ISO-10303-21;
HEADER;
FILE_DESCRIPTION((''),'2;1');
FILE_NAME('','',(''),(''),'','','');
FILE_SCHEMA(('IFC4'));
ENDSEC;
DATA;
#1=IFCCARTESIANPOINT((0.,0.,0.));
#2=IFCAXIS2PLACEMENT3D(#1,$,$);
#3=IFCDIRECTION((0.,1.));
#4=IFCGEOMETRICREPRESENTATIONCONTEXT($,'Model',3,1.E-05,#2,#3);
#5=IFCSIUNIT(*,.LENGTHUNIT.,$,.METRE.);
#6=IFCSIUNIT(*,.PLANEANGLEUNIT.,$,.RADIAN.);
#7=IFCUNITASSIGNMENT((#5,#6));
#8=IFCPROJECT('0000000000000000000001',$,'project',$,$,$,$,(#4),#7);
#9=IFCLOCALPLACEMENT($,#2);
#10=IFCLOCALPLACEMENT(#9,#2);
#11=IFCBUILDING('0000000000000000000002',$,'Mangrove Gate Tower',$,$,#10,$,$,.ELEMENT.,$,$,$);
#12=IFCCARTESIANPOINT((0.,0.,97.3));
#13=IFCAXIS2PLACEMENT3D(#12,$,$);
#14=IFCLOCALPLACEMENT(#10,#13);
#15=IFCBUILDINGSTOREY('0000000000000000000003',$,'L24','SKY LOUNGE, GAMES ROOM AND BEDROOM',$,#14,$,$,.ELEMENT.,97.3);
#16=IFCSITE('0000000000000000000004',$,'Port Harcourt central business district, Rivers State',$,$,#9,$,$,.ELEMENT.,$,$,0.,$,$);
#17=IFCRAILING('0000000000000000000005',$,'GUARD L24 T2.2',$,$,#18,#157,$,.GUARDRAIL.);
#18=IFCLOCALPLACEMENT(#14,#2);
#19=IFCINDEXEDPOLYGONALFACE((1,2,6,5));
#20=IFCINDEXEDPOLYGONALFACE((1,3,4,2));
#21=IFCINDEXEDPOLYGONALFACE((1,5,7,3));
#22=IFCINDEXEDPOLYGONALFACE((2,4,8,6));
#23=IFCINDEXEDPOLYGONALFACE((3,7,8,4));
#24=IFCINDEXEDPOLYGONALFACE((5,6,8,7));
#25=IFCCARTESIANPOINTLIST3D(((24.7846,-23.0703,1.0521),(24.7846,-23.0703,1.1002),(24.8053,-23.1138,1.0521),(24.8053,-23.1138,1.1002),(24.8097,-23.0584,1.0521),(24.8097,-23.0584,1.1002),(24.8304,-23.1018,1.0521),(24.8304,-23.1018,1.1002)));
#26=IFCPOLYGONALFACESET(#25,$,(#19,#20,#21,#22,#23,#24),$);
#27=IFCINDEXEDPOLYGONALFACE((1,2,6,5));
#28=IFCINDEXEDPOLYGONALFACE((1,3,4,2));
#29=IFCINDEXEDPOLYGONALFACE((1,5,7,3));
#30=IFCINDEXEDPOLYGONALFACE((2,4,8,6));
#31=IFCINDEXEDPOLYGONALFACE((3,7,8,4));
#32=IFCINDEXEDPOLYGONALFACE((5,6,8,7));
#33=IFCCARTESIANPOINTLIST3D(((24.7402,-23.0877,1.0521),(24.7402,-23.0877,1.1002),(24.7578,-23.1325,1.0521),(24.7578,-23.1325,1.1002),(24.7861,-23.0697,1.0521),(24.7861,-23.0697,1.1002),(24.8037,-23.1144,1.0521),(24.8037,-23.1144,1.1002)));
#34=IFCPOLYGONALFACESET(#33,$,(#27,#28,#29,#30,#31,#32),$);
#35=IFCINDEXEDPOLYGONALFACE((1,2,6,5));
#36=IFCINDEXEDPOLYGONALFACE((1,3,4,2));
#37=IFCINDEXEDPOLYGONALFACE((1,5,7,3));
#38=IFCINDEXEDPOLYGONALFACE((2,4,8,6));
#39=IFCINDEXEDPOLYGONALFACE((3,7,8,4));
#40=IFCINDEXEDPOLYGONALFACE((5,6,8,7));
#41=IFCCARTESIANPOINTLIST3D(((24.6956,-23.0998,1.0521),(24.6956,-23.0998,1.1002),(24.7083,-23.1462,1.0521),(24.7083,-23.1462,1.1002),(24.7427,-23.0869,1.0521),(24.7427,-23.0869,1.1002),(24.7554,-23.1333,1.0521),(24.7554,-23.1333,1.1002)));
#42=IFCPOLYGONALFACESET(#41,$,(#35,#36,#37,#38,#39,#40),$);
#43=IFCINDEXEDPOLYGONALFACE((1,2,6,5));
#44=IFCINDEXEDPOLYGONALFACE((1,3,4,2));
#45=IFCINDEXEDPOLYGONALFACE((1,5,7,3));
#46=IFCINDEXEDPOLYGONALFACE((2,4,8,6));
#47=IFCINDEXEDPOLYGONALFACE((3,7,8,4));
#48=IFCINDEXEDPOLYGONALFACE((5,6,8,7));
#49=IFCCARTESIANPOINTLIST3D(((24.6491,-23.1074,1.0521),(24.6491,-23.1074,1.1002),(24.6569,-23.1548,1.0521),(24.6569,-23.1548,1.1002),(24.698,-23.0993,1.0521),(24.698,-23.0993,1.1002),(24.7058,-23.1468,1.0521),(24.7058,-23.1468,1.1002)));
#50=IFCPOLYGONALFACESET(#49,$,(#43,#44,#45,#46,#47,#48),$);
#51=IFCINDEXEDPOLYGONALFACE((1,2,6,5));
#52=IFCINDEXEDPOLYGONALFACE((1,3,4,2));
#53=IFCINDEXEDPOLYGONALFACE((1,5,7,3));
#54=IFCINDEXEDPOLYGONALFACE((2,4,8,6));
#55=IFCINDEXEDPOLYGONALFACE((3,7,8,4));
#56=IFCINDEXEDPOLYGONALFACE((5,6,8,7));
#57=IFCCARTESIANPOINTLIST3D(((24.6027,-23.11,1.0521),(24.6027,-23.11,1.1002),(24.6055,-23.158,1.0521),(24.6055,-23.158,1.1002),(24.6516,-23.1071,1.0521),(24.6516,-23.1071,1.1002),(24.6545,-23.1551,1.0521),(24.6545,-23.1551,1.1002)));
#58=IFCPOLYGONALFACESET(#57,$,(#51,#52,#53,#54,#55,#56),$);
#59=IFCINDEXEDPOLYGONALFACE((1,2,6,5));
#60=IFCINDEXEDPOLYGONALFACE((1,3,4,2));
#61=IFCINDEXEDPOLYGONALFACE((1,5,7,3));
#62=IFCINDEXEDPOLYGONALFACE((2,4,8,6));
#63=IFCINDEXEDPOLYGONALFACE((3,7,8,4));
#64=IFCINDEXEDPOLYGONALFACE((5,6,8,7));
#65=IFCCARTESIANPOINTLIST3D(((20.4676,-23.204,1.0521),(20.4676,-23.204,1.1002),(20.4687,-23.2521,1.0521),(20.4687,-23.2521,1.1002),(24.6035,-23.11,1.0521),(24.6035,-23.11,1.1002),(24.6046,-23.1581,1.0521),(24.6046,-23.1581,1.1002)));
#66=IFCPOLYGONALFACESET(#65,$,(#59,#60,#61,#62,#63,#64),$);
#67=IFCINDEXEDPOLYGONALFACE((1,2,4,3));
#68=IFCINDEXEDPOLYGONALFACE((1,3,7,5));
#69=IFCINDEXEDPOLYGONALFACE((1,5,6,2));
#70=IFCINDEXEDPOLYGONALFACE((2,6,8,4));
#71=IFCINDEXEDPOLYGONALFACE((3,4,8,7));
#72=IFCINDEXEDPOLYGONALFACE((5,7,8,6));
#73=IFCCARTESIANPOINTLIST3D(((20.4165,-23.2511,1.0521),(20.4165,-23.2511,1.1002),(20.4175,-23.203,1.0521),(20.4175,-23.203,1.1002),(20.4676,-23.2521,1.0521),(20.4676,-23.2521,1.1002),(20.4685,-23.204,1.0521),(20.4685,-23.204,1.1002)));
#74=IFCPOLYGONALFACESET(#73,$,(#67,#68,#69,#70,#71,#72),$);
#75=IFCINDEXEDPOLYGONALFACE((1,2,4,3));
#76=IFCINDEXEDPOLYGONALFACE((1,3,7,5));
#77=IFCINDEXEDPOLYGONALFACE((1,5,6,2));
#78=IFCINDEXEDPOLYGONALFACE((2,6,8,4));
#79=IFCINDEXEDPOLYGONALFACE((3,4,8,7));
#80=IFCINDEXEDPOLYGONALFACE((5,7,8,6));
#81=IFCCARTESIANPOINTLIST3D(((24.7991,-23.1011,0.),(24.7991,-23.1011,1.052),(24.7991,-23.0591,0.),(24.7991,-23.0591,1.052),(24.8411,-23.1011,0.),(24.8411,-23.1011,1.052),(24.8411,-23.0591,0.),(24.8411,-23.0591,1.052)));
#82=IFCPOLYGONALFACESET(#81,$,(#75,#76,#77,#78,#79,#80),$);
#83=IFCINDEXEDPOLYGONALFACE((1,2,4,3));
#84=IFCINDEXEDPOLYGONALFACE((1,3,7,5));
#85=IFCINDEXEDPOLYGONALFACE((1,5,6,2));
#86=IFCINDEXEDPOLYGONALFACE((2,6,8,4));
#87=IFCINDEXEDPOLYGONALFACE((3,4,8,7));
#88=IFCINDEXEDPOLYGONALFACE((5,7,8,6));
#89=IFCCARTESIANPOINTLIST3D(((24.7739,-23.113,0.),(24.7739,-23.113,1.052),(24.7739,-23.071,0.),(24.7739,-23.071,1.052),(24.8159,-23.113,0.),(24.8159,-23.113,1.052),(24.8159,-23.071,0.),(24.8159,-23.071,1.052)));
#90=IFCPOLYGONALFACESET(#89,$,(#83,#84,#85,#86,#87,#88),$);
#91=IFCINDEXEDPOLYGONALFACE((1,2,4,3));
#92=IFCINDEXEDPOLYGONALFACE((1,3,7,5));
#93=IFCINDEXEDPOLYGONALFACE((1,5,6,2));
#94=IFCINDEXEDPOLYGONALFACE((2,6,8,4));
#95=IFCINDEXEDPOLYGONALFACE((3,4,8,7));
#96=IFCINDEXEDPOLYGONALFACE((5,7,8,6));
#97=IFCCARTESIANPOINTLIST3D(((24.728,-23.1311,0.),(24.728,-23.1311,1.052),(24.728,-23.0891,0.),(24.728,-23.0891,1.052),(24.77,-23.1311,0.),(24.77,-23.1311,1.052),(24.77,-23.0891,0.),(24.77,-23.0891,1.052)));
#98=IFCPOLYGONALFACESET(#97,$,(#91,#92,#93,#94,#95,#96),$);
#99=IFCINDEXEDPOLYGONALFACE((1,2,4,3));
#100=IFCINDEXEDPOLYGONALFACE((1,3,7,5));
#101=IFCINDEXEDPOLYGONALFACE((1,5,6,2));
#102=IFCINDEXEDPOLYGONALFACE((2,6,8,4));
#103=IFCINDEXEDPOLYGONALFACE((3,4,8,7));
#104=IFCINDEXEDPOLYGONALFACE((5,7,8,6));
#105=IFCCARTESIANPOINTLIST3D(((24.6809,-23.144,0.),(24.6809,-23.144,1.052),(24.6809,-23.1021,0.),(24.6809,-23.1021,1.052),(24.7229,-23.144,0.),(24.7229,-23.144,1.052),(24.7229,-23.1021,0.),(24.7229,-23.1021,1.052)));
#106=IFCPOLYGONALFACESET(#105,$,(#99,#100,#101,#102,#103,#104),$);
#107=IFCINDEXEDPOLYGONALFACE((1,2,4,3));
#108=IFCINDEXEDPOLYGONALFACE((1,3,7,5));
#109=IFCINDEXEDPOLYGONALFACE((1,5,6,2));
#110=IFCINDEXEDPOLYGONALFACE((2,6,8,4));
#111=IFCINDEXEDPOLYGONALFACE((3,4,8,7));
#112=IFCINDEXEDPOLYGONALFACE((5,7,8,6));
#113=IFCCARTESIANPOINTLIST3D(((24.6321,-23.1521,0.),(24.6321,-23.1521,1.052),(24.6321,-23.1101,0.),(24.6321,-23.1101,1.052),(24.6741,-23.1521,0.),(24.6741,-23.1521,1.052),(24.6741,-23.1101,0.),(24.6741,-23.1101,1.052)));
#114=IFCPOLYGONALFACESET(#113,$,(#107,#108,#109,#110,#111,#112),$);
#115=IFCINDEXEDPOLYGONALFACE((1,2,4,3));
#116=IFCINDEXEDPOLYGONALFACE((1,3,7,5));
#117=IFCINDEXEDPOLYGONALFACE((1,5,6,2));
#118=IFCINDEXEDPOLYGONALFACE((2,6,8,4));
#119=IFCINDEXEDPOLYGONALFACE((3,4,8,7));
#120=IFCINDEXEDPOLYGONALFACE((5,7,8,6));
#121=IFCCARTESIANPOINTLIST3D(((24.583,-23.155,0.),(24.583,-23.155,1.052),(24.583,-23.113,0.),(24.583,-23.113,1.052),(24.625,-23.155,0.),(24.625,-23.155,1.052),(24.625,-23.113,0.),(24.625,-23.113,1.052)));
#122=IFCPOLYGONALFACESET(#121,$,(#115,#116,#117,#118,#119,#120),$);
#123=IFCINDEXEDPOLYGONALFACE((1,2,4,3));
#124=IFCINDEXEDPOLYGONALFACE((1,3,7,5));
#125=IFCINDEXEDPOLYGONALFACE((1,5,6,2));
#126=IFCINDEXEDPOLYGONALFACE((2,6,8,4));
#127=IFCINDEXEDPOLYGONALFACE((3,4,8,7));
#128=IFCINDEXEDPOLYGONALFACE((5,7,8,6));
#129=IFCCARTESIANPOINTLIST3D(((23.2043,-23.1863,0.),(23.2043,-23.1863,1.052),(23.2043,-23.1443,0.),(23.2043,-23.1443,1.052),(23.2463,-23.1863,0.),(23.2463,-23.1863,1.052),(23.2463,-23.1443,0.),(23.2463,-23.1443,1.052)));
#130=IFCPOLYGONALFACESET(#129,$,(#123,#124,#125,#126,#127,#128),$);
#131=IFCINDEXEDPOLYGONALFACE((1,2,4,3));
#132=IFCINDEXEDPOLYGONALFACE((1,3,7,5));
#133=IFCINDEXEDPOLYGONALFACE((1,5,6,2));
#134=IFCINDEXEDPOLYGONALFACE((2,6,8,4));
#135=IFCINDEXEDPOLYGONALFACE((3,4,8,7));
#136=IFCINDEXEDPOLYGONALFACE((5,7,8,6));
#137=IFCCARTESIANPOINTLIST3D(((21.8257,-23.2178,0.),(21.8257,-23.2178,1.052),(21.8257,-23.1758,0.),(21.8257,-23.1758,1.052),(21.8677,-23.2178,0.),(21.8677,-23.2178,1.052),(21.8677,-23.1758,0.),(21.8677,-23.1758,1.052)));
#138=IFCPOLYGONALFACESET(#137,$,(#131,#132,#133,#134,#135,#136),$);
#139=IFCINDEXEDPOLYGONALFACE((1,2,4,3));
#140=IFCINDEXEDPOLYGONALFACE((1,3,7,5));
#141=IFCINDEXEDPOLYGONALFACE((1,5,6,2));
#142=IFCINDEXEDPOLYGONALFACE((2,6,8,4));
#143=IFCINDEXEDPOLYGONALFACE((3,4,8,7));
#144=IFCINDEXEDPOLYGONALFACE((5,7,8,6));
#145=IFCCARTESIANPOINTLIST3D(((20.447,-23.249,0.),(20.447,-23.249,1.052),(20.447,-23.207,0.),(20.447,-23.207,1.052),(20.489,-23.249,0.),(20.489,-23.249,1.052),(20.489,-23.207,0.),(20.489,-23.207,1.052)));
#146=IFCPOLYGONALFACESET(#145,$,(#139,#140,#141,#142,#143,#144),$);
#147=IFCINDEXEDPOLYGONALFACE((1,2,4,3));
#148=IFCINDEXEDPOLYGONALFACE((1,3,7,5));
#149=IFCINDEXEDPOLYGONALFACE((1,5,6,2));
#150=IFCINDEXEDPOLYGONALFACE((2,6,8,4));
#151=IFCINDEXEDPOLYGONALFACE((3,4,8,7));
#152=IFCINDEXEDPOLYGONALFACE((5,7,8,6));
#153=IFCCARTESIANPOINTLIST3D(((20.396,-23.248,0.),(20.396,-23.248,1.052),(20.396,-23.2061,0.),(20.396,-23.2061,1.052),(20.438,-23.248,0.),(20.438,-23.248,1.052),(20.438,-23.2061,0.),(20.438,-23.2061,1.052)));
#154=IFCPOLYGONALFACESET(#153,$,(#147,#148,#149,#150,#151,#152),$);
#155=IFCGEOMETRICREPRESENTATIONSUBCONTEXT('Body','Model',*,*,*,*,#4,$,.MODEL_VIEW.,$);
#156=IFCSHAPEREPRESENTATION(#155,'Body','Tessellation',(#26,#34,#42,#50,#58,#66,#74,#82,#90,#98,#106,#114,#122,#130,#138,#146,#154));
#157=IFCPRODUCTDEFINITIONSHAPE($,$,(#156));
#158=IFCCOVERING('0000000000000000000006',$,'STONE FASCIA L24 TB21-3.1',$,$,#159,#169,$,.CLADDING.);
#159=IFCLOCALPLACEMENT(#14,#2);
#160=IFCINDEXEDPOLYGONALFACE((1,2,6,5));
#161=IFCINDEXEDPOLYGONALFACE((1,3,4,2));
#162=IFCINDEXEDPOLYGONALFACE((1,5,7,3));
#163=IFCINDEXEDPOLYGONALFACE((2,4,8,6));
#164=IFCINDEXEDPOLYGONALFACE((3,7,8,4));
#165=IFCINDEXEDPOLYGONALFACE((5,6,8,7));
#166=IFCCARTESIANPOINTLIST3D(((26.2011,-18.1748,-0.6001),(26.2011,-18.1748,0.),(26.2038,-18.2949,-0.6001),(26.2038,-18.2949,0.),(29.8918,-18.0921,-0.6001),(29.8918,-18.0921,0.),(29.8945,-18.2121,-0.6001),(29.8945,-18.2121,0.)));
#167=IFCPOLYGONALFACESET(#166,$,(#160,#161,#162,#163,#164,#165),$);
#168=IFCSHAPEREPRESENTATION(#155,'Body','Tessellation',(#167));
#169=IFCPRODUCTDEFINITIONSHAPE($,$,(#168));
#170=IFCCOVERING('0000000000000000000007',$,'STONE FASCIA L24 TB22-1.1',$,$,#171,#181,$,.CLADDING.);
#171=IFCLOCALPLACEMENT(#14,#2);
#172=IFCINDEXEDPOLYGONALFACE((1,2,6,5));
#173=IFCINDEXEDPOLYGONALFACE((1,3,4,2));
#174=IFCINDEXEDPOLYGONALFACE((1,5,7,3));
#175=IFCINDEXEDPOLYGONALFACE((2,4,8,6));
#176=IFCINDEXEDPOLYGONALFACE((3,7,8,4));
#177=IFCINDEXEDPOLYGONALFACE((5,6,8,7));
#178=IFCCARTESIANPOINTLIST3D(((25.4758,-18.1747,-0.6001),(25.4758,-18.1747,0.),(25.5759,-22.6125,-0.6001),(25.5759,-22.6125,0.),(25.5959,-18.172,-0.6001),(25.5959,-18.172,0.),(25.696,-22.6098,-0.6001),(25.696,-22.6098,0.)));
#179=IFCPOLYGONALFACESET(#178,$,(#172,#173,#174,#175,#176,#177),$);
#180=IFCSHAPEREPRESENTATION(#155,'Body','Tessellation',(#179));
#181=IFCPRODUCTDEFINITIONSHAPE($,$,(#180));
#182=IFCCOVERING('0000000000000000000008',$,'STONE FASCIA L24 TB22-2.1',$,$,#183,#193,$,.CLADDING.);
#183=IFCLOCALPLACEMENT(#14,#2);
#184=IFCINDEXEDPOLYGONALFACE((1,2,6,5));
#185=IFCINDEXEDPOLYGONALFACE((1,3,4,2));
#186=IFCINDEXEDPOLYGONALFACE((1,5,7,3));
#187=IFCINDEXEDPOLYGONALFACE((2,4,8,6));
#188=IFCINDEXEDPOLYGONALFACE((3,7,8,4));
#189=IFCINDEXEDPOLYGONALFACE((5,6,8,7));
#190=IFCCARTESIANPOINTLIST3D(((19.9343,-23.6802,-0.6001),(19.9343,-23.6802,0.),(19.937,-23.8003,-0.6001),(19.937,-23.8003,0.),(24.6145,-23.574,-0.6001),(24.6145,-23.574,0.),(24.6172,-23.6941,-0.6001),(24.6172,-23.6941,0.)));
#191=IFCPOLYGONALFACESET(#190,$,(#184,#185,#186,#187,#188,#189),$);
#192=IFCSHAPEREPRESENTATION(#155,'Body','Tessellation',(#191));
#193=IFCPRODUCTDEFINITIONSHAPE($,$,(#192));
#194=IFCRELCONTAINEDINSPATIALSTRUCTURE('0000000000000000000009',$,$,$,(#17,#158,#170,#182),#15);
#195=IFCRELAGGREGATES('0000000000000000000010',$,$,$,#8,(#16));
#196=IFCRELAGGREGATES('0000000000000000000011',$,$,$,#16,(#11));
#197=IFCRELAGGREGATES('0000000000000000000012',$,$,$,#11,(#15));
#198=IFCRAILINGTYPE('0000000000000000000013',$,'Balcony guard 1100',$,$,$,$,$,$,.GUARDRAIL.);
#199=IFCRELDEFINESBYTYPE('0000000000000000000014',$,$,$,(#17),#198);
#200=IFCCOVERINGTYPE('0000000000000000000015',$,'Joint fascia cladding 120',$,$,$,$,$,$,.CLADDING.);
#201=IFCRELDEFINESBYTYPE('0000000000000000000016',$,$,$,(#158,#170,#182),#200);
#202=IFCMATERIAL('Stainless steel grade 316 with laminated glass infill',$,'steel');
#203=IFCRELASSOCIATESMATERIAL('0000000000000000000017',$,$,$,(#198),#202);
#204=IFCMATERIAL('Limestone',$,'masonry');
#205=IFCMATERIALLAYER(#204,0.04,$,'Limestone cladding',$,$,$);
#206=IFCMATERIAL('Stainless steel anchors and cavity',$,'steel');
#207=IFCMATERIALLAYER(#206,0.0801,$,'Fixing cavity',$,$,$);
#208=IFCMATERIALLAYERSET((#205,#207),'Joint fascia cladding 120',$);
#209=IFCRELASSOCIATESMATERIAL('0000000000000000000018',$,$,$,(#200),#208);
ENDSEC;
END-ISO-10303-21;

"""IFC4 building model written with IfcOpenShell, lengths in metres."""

from ifc_helpers import new_model, si_unit, direction, frame, frame_2d, origin, origin_2d, place, context, subcontext, project, spatial, rectangle, extrude, material, layer, layer_set, type_object, element, save


model = new_model("IFC4")

# Units and contexts
model_context = context("Model", 3, precision=1e-05, world=origin(), true_north=direction((0.0, 1.0)))
body_context = subcontext(model_context, "Body", "Model", "MODEL_VIEW")
ifc_project = project(units=[si_unit("LENGTHUNIT", "METRE"), si_unit("PLANEANGLEUNIT", "RADIAN")], contexts=[model_context])

# Site, building, storey
site_placement = place(None, origin())
site = spatial("IfcSite", under=ifc_project, at=site_placement, Name="Port Harcourt central business district, Rivers State", CompositionType="ELEMENT", RefElevation=0.0)
building_placement = place(site_placement, origin())
building = spatial("IfcBuilding", under=site, at=building_placement, Name="Mangrove Gate Tower", CompositionType="ELEMENT")
storey_placement = place(building_placement, frame((0.0, 0.0, 97.3)))
storey = spatial("IfcBuildingStorey", under=building, at=storey_placement, Name="L24", Description="SKY LOUNGE, GAMES ROOM AND BEDROOM", CompositionType="ELEMENT", Elevation=97.3)

# Shared definitions
ifc_material_1 = material(Name="Limestone", Category="masonry")

# Railing
ifc_material_2 = material(Name="Stainless steel grade 316 with laminated glass infill", Category="steel")
railing_type = type_object("IfcRailingType", Name="Balcony guard 1100", PredefinedType="GUARDRAIL", material=ifc_material_2)
railing_1_placement = place(storey_placement, frame((24.8201, -23.0801, 0.0)))
element("IfcRailing", 1, at=railing_1_placement, inside=storey, type_object=railing_type, Name="GUARD L24 T2.2", PredefinedType="GUARDRAIL", context=body_context, shape_type="SweptSolid", body=[
    extrude(rectangle(XDim=0.0481, YDim=0.0481, at=origin_2d()), frame((0.0, 0.0, 1.0762), z_axis=(-0.903023, -0.429593, 0.0), x_axis=(0.429593, -0.903023, 0.0)), (0.0, 0.0, 1.0), 0.0278),
    extrude(rectangle(XDim=0.0481, YDim=0.0481, at=origin_2d()), frame((-0.0251, -0.012, 1.0762), z_axis=(-0.930511, -0.366265, 0.0), x_axis=(0.366265, -0.930511, 0.0)), (0.0, 0.0, 1.0), 0.0493),
    extrude(rectangle(XDim=0.0481, YDim=0.0481, at=origin_2d()), frame((-0.071, -0.03, 1.0762), z_axis=(-0.964301, -0.264808, 0.0), x_axis=(0.264808, -0.964301, 0.0)), (0.0, 0.0, 1.0), 0.0488),
    extrude(rectangle(XDim=0.0481, YDim=0.0481, at=origin_2d()), frame((-0.1182, -0.043, 1.0762), z_axis=(-0.986659, -0.162799, 0.0), x_axis=(0.162799, -0.986659, 0.0)), (0.0, 0.0, 1.0), 0.0496),
    extrude(rectangle(XDim=0.0481, YDim=0.0481, at=origin_2d()), frame((-0.167, -0.051, 1.0762), z_axis=(-0.998223, -0.059595, 0.0), x_axis=(0.059595, -0.998223, 0.0)), (0.0, 0.0, 1.0), 0.0491),
    extrude(rectangle(XDim=0.0481, YDim=0.0481, at=origin_2d()), frame((-0.2161, -0.054, 1.0762), z_axis=(-0.999742, -0.02272, 0.0), x_axis=(0.02272, -0.999742, 0.0)), (0.0, 0.0, 1.0), 4.137),
    extrude(rectangle(XDim=0.0481, YDim=0.0481, at=origin_2d()), frame((-4.3521, -0.1479, 1.0762), z_axis=(-0.999817, 0.019135, 0.0), x_axis=(-0.019135, -0.999817, 0.0)), (0.0, 0.0, 1.0), 0.051),
    extrude(rectangle(XDim=0.042, YDim=0.042, at=origin_2d()), origin(), (0.0, 0.0, 1.0), 1.052),
    extrude(rectangle(XDim=0.042, YDim=0.042, at=origin_2d()), frame((-0.0251, -0.012, 0.0)), (0.0, 0.0, 1.0), 1.052),
    extrude(rectangle(XDim=0.042, YDim=0.042, at=origin_2d()), frame((-0.071, -0.03, 0.0)), (0.0, 0.0, 1.0), 1.052),
    extrude(rectangle(XDim=0.042, YDim=0.042, at=origin_2d()), frame((-0.1182, -0.043, 0.0)), (0.0, 0.0, 1.0), 1.052),
    extrude(rectangle(XDim=0.042, YDim=0.042, at=origin_2d()), frame((-0.167, -0.051, 0.0)), (0.0, 0.0, 1.0), 1.052),
    extrude(rectangle(XDim=0.042, YDim=0.042, at=origin_2d()), frame((-0.2161, -0.054, 0.0)), (0.0, 0.0, 1.0), 1.052),
    extrude(rectangle(XDim=0.042, YDim=0.042, at=origin_2d()), frame((-1.5947, -0.0852, 0.0)), (0.0, 0.0, 1.0), 1.052),
    extrude(rectangle(XDim=0.042, YDim=0.042, at=origin_2d()), frame((-2.9734, -0.1167, 0.0)), (0.0, 0.0, 1.0), 1.052),
    extrude(rectangle(XDim=0.042, YDim=0.042, at=origin_2d()), frame((-4.3521, -0.1479, 0.0)), (0.0, 0.0, 1.0), 1.052),
    extrude(rectangle(XDim=0.042, YDim=0.042, at=origin_2d()), frame((-4.4031, -0.147, 0.0)), (0.0, 0.0, 1.0), 1.052),
])

# Coverings
ifc_layer_1 = layer(ifc_material_1, 0.04, Name="Limestone cladding")
ifc_material_3 = material(Name="Stainless steel anchors and cavity", Category="steel")
ifc_layer_2 = layer(ifc_material_3, 0.0801, Name="Fixing cavity")
ifc_layer_set_1 = layer_set([ifc_layer_1, ifc_layer_2], Name="Joint fascia cladding 120")
covering_type = type_object("IfcCoveringType", Name="Joint fascia cladding 120", PredefinedType="CLADDING", material=ifc_layer_set_1)
covering_1_placement = place(storey_placement, frame((29.8931, -18.1521, -0.6001), z_axis=(0.0, 0.0, 1.0), x_axis=(-0.999749, -0.022419, 0.0)))
element("IfcCovering", 2, at=covering_1_placement, inside=storey, type_object=covering_type, Name="STONE FASCIA L24 TB21-3.1", PredefinedType="CLADDING", context=body_context, shape_type="SweptSolid", body=[
    extrude(rectangle(XDim=3.6917, YDim=0.1201, at=frame_2d((1.8457, 0.0))), origin(), (0.0, 0.0, 1.0), 0.6001),
])
covering_2_placement = place(storey_placement, frame((25.5359, -18.1733, -0.6001), z_axis=(0.0, 0.0, 1.0), x_axis=(0.02255, -0.999746, 0.0)))
element("IfcCovering", 3, at=covering_2_placement, inside=storey, type_object=covering_type, Name="STONE FASCIA L24 TB22-1.1", PredefinedType="CLADDING", context=body_context, shape_type="SweptSolid", body=[
    extrude(rectangle(XDim=4.439, YDim=0.1201, at=frame_2d((2.2195, 0.0))), origin(), (0.0, 0.0, 1.0), 0.6001),
])
covering_3_placement = place(storey_placement, frame((24.616, -23.634, -0.6001), z_axis=(0.0, 0.0, 1.0), x_axis=(-0.999743, -0.022686, 0.0)))
element("IfcCovering", 4, at=covering_3_placement, inside=storey, type_object=covering_type, Name="STONE FASCIA L24 TB22-2.1", PredefinedType="CLADDING", context=body_context, shape_type="SweptSolid", body=[
    extrude(rectangle(XDim=4.6814, YDim=0.1201, at=frame_2d((2.3408, 0.0))), origin(), (0.0, 0.0, 1.0), 0.6001),
])

save(model, "model.ifc")
